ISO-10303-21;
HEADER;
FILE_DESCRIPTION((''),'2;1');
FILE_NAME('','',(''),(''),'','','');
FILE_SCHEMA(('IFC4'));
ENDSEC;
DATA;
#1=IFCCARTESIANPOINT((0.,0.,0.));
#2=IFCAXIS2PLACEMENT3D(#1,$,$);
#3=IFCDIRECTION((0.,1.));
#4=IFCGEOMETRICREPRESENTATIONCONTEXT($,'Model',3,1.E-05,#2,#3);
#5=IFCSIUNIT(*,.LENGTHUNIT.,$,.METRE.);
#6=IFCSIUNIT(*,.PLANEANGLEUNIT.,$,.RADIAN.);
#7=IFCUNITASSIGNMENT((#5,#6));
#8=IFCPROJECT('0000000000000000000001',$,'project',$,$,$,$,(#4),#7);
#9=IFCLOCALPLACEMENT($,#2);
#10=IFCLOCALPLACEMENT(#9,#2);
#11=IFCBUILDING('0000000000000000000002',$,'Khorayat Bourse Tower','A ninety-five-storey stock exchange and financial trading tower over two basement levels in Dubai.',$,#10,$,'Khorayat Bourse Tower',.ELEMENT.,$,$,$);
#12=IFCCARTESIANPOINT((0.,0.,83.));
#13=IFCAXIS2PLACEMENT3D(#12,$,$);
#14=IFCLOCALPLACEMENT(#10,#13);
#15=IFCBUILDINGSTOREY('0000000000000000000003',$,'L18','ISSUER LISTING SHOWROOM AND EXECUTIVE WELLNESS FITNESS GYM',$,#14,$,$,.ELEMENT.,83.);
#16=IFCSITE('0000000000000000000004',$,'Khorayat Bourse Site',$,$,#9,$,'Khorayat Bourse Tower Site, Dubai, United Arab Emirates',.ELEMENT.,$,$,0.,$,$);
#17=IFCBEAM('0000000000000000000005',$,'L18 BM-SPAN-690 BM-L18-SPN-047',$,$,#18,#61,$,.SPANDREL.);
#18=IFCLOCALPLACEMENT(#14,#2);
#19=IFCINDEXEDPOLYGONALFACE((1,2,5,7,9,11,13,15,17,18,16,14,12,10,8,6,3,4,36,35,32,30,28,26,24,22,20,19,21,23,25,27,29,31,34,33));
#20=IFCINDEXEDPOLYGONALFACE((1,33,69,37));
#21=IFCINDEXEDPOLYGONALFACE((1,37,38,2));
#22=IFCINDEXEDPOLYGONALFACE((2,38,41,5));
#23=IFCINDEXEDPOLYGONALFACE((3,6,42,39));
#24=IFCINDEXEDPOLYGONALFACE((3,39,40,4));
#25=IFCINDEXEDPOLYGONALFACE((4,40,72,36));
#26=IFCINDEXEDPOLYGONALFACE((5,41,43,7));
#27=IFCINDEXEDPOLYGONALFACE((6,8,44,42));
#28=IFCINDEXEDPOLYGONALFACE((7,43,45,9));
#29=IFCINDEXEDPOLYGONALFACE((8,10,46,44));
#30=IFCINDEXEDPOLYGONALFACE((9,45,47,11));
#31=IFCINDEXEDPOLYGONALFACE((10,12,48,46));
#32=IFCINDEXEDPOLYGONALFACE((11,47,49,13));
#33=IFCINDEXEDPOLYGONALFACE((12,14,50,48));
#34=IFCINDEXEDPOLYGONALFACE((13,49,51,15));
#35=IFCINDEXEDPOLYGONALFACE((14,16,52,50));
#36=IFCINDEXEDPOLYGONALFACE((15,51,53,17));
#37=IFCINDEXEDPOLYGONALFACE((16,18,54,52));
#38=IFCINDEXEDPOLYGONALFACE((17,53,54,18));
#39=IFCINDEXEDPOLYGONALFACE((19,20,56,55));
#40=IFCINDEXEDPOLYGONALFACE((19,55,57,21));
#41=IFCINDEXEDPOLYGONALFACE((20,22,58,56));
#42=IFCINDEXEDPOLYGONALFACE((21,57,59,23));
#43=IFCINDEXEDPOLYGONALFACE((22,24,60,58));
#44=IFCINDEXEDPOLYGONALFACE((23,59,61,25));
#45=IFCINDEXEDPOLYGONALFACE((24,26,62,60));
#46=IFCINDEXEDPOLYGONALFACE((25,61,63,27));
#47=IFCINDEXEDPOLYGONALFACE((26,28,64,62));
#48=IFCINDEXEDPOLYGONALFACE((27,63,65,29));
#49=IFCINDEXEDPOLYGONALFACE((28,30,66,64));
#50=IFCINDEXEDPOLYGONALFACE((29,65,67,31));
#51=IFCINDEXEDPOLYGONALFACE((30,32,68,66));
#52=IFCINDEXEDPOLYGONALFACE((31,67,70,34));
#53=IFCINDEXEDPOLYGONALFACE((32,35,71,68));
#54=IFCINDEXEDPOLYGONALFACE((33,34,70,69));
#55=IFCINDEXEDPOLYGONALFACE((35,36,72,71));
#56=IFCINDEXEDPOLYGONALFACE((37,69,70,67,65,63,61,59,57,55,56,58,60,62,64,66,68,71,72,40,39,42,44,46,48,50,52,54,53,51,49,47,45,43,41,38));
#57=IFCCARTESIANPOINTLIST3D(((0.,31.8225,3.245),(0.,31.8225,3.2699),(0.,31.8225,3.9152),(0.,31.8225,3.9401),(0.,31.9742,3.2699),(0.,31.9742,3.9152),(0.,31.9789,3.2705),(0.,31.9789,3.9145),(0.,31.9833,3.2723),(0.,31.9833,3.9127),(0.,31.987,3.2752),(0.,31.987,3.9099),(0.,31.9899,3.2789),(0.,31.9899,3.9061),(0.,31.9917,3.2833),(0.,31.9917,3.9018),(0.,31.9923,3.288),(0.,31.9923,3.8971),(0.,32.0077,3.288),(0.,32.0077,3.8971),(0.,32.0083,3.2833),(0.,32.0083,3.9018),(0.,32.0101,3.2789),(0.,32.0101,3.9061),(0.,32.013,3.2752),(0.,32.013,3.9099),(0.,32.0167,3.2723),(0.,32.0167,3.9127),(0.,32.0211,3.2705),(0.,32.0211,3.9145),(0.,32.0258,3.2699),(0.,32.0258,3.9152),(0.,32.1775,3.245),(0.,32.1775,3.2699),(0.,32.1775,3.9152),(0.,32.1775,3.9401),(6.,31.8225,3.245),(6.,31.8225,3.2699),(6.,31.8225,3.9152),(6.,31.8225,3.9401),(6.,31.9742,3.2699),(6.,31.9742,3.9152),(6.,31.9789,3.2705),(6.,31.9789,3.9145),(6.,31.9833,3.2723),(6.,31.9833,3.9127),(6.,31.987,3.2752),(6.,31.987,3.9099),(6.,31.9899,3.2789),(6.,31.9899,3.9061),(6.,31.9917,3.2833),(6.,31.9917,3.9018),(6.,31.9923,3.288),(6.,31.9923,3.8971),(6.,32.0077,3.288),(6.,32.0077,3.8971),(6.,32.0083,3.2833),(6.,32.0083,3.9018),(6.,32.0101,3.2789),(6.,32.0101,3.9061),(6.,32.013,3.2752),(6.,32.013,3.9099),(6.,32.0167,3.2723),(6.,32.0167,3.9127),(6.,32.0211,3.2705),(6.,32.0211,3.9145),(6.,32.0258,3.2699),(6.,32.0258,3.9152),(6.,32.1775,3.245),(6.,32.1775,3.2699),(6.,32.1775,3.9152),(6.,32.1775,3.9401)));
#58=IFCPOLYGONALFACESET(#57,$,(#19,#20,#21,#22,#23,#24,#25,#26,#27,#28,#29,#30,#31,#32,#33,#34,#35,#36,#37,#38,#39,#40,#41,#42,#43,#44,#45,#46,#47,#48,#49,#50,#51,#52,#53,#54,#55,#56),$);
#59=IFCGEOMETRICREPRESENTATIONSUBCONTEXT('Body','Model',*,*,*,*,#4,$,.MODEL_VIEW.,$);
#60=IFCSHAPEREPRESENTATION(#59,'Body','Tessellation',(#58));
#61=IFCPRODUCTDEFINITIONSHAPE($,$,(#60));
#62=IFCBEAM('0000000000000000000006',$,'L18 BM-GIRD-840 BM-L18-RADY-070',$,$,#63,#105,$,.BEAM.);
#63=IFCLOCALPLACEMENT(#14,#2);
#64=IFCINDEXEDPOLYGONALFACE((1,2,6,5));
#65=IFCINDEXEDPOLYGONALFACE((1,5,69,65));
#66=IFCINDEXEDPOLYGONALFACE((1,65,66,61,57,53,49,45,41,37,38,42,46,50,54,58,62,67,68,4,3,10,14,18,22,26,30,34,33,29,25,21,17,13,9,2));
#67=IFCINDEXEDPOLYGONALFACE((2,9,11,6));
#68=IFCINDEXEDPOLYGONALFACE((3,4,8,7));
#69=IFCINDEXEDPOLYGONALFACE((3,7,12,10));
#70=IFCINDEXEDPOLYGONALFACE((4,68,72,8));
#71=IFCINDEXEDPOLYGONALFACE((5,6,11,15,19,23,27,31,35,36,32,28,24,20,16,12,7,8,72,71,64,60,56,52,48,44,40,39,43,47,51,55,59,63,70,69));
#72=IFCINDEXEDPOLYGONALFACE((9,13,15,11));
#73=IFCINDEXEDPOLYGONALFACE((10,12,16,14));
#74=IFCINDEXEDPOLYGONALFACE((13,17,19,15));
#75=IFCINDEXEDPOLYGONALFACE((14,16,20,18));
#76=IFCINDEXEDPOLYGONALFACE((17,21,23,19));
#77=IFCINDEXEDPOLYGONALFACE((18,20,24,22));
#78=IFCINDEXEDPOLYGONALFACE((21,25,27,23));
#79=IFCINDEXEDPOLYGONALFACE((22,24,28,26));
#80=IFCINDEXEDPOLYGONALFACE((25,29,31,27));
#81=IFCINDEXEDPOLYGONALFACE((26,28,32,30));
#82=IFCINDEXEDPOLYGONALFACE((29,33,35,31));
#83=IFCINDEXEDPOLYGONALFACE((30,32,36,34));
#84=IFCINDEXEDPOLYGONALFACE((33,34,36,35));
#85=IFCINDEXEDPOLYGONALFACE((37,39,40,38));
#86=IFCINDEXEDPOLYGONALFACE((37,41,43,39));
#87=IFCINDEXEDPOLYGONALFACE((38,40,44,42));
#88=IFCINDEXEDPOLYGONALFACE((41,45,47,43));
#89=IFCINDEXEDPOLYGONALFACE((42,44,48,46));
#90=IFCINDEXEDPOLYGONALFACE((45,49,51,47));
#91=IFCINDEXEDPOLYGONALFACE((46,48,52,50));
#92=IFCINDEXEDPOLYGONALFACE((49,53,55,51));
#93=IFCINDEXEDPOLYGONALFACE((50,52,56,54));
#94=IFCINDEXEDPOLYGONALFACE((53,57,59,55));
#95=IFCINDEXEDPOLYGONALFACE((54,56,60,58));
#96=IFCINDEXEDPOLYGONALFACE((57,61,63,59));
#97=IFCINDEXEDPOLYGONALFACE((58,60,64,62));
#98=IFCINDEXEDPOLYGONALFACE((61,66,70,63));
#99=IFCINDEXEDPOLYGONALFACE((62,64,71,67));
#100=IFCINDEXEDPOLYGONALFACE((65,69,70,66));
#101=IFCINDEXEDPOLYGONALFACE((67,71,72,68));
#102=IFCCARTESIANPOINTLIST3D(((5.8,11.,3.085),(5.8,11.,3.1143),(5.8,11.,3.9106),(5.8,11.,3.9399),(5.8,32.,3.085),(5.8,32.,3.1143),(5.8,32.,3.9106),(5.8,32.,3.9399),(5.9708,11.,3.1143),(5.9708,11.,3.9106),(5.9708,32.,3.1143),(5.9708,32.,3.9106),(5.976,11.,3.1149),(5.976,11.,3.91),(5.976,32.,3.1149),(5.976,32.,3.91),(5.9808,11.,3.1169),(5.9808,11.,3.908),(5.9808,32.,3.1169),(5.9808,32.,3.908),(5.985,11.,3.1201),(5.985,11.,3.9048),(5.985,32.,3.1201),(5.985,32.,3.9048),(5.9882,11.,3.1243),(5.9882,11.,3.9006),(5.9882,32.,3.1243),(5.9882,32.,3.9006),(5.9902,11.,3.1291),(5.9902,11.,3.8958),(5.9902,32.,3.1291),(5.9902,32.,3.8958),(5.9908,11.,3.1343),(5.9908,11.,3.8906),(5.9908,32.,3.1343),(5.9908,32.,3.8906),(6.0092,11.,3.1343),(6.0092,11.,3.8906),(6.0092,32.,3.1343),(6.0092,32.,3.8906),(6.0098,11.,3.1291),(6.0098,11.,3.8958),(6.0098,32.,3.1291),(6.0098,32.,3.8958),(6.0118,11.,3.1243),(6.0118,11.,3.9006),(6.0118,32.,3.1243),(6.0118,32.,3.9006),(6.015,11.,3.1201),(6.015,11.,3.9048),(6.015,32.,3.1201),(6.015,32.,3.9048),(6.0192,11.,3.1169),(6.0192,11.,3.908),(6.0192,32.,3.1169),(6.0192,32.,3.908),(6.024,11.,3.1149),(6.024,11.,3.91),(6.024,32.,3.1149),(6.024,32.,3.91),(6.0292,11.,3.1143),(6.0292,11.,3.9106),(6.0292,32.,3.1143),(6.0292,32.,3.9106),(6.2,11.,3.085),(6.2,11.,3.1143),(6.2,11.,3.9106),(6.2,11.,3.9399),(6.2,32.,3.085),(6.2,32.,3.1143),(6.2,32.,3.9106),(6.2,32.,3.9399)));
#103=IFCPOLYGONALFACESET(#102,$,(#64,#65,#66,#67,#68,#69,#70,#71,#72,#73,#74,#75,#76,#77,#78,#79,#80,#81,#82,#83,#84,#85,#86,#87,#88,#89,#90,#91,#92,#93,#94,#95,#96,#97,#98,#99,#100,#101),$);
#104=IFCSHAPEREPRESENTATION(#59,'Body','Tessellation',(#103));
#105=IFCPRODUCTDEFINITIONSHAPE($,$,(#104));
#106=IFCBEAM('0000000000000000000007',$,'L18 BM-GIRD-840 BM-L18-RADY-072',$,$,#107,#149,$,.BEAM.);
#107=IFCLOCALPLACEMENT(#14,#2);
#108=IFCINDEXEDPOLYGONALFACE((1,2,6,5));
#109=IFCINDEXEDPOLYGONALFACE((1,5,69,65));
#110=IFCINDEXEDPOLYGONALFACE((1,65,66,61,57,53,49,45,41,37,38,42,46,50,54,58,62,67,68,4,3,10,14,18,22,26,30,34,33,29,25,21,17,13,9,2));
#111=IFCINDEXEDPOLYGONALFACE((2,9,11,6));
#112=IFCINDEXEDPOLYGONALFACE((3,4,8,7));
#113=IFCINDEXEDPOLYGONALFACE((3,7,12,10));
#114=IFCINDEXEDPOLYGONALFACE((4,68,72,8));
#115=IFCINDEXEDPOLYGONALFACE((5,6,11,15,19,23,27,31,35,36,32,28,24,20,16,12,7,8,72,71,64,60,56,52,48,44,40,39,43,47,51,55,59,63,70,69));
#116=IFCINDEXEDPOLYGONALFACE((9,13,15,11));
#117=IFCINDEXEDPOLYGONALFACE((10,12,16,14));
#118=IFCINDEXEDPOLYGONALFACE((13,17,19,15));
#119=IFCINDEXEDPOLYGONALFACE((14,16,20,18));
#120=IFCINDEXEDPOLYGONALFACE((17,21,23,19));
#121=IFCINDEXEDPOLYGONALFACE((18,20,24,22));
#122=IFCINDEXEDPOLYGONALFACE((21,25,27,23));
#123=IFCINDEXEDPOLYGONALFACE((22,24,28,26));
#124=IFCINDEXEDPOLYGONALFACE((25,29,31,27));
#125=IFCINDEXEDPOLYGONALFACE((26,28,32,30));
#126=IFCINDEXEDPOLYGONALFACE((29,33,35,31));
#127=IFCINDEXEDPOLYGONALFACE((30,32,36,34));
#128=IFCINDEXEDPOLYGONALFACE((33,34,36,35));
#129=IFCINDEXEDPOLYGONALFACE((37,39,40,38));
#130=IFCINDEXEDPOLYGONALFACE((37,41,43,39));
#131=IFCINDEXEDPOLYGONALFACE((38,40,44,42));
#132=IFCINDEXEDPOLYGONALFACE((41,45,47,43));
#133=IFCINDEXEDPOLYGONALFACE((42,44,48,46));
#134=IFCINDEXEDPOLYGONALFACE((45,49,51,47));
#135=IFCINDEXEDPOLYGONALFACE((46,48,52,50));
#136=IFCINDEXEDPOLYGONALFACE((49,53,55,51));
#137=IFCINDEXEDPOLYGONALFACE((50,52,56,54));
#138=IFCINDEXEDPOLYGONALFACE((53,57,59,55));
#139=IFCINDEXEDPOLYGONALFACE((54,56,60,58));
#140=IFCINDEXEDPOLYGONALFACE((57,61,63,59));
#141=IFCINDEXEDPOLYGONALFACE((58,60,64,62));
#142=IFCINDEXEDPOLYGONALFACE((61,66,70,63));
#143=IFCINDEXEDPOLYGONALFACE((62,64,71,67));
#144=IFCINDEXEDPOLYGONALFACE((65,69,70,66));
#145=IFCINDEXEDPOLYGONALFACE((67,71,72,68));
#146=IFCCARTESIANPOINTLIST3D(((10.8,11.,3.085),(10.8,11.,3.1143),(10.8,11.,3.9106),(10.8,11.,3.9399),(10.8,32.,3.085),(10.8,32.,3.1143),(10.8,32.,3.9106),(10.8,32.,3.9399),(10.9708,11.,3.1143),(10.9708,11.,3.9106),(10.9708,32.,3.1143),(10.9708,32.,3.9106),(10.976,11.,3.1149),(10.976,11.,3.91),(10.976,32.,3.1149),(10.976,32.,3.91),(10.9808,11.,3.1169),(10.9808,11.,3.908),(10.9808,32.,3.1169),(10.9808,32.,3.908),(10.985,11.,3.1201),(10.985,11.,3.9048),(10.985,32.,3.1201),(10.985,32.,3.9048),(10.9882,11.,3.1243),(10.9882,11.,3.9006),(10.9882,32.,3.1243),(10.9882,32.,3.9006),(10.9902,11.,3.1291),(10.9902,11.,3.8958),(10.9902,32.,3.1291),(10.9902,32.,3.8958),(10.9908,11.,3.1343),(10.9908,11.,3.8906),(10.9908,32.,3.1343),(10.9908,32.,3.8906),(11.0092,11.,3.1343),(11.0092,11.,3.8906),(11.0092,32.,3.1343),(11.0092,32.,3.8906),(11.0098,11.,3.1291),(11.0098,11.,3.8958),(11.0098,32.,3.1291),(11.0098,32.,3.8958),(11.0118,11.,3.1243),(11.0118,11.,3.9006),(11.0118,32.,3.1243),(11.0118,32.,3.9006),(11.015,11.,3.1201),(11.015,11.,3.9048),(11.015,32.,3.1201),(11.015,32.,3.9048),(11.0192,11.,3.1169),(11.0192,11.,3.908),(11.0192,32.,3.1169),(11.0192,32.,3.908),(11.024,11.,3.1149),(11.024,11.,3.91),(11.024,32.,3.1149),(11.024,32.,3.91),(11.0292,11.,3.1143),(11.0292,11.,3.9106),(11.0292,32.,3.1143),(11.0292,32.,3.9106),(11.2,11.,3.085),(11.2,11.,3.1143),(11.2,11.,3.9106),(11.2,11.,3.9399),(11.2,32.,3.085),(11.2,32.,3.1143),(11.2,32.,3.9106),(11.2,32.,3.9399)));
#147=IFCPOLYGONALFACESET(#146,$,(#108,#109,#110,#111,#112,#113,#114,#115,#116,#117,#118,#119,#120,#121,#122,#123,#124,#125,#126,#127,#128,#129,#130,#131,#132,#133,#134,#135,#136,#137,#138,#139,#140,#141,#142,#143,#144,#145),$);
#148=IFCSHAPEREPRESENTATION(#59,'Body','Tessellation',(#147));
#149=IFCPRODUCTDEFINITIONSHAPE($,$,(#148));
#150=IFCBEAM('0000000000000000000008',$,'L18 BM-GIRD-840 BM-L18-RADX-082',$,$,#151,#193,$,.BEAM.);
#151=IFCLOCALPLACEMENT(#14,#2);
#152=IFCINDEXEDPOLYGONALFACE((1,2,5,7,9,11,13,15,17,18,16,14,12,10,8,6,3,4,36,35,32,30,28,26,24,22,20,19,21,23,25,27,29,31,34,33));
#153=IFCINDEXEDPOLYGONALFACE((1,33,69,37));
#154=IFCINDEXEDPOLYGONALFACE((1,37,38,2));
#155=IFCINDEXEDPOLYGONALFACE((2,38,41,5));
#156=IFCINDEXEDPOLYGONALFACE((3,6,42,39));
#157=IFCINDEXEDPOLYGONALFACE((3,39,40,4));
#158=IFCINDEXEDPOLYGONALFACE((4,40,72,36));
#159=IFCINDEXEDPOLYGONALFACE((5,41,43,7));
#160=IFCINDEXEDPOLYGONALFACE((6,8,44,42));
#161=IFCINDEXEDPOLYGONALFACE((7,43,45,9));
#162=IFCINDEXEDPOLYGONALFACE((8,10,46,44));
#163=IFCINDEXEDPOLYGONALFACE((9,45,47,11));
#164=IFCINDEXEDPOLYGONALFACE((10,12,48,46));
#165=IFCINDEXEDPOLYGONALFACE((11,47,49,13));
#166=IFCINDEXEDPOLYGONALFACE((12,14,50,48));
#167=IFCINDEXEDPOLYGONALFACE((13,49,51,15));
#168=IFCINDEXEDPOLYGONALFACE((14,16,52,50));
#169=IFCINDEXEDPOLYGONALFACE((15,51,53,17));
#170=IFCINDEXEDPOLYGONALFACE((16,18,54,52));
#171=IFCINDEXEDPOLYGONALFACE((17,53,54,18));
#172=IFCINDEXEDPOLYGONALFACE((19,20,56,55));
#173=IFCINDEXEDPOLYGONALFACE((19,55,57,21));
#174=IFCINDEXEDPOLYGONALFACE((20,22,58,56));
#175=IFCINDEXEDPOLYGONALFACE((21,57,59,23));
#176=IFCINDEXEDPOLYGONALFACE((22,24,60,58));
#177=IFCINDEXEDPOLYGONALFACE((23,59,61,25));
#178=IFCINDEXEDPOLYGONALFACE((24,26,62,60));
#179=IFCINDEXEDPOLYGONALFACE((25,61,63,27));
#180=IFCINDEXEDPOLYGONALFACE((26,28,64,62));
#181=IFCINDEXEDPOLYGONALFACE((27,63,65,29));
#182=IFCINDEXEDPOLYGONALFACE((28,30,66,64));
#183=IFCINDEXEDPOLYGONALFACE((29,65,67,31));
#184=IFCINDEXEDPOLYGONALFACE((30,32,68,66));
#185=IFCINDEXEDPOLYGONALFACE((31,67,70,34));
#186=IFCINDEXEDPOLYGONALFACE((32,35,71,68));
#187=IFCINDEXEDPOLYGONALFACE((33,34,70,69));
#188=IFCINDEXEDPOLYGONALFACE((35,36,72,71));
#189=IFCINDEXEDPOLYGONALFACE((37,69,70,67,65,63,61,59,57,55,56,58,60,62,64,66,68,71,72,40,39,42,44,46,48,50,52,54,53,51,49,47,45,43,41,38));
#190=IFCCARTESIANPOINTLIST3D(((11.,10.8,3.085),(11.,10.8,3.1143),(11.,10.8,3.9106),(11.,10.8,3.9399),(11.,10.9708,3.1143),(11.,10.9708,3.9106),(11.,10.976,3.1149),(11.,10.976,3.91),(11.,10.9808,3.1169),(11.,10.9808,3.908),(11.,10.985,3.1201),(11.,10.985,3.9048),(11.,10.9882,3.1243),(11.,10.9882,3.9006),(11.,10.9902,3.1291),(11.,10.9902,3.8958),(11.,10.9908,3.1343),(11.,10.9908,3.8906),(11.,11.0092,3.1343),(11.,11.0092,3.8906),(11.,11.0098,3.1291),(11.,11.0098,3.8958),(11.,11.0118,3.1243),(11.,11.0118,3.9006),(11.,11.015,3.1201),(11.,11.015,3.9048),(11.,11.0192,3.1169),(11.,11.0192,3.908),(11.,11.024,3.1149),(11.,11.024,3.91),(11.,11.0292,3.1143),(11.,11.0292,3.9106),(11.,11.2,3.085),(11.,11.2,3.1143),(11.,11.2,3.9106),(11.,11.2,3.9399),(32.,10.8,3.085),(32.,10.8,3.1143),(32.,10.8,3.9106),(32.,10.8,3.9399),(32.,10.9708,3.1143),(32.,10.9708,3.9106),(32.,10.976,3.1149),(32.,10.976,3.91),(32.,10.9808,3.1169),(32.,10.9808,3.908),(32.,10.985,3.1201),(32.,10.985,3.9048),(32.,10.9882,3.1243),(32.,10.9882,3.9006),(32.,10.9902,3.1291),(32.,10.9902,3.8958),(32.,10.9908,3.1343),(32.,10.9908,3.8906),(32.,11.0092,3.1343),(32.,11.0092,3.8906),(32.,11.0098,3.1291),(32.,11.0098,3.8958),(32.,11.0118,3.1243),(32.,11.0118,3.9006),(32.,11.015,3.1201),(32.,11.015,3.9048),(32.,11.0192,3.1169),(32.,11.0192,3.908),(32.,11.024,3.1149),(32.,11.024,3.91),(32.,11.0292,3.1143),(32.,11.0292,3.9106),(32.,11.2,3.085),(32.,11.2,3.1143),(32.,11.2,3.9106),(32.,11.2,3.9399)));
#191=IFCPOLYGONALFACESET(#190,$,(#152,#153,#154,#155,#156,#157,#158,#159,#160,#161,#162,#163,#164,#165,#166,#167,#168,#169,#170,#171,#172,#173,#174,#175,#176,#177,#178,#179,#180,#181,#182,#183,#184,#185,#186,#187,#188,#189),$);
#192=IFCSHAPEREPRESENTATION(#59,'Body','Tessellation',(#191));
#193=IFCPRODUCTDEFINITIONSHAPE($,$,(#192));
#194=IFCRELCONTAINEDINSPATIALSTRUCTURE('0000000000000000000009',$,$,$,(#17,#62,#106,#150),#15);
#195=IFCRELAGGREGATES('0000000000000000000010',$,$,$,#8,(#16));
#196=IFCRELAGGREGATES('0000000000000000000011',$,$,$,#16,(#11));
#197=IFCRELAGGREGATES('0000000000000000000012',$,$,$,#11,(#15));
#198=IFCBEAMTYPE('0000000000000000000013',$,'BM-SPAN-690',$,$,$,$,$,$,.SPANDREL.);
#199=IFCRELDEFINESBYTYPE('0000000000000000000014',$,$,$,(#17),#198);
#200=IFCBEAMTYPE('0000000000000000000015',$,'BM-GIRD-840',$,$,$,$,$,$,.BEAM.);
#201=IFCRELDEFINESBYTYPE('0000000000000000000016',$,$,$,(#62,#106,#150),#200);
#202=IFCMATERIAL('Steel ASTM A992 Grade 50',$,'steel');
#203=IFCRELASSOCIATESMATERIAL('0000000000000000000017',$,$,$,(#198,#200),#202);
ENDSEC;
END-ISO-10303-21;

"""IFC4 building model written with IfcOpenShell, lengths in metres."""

from ifc_helpers import new_model, si_unit, direction, frame, origin, origin_2d, place, context, subcontext, project, spatial, i_section, extrude, source, transform, mapped, material, material_profile, profile_set, type_object, element, save


model = new_model("IFC4")

# Units and contexts
model_context = context("Model", 3, precision=1e-05, world=origin(), true_north=direction((0.0, 1.0)))
body_context = subcontext(model_context, "Body", "Model", "MODEL_VIEW")
ifc_project = project(units=[si_unit("LENGTHUNIT", "METRE"), si_unit("PLANEANGLEUNIT", "RADIAN")], contexts=[model_context])

# Site, building, storey
site_placement = place(None, origin())
site = spatial("IfcSite", under=ifc_project, at=site_placement, Name="Khorayat Bourse Site", LongName="Khorayat Bourse Tower Site, Dubai, United Arab Emirates", CompositionType="ELEMENT", RefElevation=0.0)
building_placement = place(site_placement, origin())
building = spatial("IfcBuilding", under=site, at=building_placement, Name="Khorayat Bourse Tower", Description="A ninety-five-storey stock exchange and financial trading tower over two basement levels in Dubai.", LongName="Khorayat Bourse Tower", CompositionType="ELEMENT")
storey_placement = place(building_placement, frame((0.0, 0.0, 83.0)))
storey = spatial("IfcBuildingStorey", under=building, at=storey_placement, Name="L18", Description="ISSUER LISTING SHOWROOM AND EXECUTIVE WELLNESS FITNESS GYM", CompositionType="ELEMENT", Elevation=83.0)

# Beams
ifc_material_1 = material(Name="Steel ASTM A992 Grade 50", Category="steel")
ifc_material_profile_1 = material_profile(ifc_material_1, i_section(OverallWidth=0.355, OverallDepth=0.6951, WebThickness=0.0154, FlangeThickness=0.0249, FilletRadius=0.0181, at=origin_2d()), Name="W690X217")
ifc_profile_set_1 = profile_set([ifc_material_profile_1], Name="Steel ASTM A992 Grade 50")
beam_type_1 = type_object("IfcBeamType", Name="BM-SPAN-690", PredefinedType="SPANDREL", material=ifc_profile_set_1)
shared_shape_1 = source(origin(), body_context, "Body", "SweptSolid", [
    extrude(i_section(OverallWidth=0.355, OverallDepth=0.6951, WebThickness=0.0154, FlangeThickness=0.0249, FilletRadius=0.0181, at=origin_2d()), origin(), (0.0, 0.0, 1.0), 6.0),
])
beam_1_placement = place(storey_placement, frame((0.0, 32.0, 3.5925), z_axis=(1.0, 0.0, 0.0), x_axis=(0.0, 1.0, 0.0)))
element("IfcBeam", 1, at=beam_1_placement, inside=storey, type_object=beam_type_1, Name="L18 BM-SPAN-690 BM-L18-SPN-047", PredefinedType="SPANDREL", context=body_context, shape_type="MappedRepresentation", body=[
    mapped(shared_shape_1, transform((0.0, 0.0, 0.0), scale=1.0)),
])
ifc_material_profile_2 = material_profile(ifc_material_1, i_section(OverallWidth=0.3999, OverallDepth=0.855, WebThickness=0.0183, FlangeThickness=0.0293, FilletRadius=0.02, at=origin_2d()), Name="W840X299")
ifc_profile_set_2 = profile_set([ifc_material_profile_2], Name="Steel ASTM A992 Grade 50")
beam_type_2 = type_object("IfcBeamType", Name="BM-GIRD-840", PredefinedType="BEAM", material=ifc_profile_set_2)
shared_shape_2 = source(origin(), body_context, "Body", "SweptSolid", [
    extrude(i_section(OverallWidth=0.3999, OverallDepth=0.855, WebThickness=0.0183, FlangeThickness=0.0293, FilletRadius=0.02, at=origin_2d()), origin(), (0.0, 0.0, 1.0), 21.0),
])
for number, where, z_axis, x_axis, name in (
    (2, (6.0, 11.0, 3.5125), (0.0, 1.0, 0.0), (-1.0, 0.0, 0.0), "L18 BM-GIRD-840 BM-L18-RADY-070"),
    (3, (11.0, 11.0, 3.5125), (0.0, 1.0, 0.0), (-1.0, 0.0, 0.0), "L18 BM-GIRD-840 BM-L18-RADY-072"),
    (4, (11.0, 11.0, 3.5125), (1.0, 0.0, 0.0), (0.0, 1.0, 0.0), "L18 BM-GIRD-840 BM-L18-RADX-082"),
):
    element("IfcBeam", number, at=place(storey_placement, frame(where, z_axis=z_axis, x_axis=x_axis)), inside=storey, type_object=beam_type_2, Name=name, PredefinedType="BEAM", context=body_context, shape_type="MappedRepresentation", body=[
        mapped(shared_shape_2, transform((0.0, 0.0, 0.0), scale=1.0)),
    ])

save(model, "model.ifc")
